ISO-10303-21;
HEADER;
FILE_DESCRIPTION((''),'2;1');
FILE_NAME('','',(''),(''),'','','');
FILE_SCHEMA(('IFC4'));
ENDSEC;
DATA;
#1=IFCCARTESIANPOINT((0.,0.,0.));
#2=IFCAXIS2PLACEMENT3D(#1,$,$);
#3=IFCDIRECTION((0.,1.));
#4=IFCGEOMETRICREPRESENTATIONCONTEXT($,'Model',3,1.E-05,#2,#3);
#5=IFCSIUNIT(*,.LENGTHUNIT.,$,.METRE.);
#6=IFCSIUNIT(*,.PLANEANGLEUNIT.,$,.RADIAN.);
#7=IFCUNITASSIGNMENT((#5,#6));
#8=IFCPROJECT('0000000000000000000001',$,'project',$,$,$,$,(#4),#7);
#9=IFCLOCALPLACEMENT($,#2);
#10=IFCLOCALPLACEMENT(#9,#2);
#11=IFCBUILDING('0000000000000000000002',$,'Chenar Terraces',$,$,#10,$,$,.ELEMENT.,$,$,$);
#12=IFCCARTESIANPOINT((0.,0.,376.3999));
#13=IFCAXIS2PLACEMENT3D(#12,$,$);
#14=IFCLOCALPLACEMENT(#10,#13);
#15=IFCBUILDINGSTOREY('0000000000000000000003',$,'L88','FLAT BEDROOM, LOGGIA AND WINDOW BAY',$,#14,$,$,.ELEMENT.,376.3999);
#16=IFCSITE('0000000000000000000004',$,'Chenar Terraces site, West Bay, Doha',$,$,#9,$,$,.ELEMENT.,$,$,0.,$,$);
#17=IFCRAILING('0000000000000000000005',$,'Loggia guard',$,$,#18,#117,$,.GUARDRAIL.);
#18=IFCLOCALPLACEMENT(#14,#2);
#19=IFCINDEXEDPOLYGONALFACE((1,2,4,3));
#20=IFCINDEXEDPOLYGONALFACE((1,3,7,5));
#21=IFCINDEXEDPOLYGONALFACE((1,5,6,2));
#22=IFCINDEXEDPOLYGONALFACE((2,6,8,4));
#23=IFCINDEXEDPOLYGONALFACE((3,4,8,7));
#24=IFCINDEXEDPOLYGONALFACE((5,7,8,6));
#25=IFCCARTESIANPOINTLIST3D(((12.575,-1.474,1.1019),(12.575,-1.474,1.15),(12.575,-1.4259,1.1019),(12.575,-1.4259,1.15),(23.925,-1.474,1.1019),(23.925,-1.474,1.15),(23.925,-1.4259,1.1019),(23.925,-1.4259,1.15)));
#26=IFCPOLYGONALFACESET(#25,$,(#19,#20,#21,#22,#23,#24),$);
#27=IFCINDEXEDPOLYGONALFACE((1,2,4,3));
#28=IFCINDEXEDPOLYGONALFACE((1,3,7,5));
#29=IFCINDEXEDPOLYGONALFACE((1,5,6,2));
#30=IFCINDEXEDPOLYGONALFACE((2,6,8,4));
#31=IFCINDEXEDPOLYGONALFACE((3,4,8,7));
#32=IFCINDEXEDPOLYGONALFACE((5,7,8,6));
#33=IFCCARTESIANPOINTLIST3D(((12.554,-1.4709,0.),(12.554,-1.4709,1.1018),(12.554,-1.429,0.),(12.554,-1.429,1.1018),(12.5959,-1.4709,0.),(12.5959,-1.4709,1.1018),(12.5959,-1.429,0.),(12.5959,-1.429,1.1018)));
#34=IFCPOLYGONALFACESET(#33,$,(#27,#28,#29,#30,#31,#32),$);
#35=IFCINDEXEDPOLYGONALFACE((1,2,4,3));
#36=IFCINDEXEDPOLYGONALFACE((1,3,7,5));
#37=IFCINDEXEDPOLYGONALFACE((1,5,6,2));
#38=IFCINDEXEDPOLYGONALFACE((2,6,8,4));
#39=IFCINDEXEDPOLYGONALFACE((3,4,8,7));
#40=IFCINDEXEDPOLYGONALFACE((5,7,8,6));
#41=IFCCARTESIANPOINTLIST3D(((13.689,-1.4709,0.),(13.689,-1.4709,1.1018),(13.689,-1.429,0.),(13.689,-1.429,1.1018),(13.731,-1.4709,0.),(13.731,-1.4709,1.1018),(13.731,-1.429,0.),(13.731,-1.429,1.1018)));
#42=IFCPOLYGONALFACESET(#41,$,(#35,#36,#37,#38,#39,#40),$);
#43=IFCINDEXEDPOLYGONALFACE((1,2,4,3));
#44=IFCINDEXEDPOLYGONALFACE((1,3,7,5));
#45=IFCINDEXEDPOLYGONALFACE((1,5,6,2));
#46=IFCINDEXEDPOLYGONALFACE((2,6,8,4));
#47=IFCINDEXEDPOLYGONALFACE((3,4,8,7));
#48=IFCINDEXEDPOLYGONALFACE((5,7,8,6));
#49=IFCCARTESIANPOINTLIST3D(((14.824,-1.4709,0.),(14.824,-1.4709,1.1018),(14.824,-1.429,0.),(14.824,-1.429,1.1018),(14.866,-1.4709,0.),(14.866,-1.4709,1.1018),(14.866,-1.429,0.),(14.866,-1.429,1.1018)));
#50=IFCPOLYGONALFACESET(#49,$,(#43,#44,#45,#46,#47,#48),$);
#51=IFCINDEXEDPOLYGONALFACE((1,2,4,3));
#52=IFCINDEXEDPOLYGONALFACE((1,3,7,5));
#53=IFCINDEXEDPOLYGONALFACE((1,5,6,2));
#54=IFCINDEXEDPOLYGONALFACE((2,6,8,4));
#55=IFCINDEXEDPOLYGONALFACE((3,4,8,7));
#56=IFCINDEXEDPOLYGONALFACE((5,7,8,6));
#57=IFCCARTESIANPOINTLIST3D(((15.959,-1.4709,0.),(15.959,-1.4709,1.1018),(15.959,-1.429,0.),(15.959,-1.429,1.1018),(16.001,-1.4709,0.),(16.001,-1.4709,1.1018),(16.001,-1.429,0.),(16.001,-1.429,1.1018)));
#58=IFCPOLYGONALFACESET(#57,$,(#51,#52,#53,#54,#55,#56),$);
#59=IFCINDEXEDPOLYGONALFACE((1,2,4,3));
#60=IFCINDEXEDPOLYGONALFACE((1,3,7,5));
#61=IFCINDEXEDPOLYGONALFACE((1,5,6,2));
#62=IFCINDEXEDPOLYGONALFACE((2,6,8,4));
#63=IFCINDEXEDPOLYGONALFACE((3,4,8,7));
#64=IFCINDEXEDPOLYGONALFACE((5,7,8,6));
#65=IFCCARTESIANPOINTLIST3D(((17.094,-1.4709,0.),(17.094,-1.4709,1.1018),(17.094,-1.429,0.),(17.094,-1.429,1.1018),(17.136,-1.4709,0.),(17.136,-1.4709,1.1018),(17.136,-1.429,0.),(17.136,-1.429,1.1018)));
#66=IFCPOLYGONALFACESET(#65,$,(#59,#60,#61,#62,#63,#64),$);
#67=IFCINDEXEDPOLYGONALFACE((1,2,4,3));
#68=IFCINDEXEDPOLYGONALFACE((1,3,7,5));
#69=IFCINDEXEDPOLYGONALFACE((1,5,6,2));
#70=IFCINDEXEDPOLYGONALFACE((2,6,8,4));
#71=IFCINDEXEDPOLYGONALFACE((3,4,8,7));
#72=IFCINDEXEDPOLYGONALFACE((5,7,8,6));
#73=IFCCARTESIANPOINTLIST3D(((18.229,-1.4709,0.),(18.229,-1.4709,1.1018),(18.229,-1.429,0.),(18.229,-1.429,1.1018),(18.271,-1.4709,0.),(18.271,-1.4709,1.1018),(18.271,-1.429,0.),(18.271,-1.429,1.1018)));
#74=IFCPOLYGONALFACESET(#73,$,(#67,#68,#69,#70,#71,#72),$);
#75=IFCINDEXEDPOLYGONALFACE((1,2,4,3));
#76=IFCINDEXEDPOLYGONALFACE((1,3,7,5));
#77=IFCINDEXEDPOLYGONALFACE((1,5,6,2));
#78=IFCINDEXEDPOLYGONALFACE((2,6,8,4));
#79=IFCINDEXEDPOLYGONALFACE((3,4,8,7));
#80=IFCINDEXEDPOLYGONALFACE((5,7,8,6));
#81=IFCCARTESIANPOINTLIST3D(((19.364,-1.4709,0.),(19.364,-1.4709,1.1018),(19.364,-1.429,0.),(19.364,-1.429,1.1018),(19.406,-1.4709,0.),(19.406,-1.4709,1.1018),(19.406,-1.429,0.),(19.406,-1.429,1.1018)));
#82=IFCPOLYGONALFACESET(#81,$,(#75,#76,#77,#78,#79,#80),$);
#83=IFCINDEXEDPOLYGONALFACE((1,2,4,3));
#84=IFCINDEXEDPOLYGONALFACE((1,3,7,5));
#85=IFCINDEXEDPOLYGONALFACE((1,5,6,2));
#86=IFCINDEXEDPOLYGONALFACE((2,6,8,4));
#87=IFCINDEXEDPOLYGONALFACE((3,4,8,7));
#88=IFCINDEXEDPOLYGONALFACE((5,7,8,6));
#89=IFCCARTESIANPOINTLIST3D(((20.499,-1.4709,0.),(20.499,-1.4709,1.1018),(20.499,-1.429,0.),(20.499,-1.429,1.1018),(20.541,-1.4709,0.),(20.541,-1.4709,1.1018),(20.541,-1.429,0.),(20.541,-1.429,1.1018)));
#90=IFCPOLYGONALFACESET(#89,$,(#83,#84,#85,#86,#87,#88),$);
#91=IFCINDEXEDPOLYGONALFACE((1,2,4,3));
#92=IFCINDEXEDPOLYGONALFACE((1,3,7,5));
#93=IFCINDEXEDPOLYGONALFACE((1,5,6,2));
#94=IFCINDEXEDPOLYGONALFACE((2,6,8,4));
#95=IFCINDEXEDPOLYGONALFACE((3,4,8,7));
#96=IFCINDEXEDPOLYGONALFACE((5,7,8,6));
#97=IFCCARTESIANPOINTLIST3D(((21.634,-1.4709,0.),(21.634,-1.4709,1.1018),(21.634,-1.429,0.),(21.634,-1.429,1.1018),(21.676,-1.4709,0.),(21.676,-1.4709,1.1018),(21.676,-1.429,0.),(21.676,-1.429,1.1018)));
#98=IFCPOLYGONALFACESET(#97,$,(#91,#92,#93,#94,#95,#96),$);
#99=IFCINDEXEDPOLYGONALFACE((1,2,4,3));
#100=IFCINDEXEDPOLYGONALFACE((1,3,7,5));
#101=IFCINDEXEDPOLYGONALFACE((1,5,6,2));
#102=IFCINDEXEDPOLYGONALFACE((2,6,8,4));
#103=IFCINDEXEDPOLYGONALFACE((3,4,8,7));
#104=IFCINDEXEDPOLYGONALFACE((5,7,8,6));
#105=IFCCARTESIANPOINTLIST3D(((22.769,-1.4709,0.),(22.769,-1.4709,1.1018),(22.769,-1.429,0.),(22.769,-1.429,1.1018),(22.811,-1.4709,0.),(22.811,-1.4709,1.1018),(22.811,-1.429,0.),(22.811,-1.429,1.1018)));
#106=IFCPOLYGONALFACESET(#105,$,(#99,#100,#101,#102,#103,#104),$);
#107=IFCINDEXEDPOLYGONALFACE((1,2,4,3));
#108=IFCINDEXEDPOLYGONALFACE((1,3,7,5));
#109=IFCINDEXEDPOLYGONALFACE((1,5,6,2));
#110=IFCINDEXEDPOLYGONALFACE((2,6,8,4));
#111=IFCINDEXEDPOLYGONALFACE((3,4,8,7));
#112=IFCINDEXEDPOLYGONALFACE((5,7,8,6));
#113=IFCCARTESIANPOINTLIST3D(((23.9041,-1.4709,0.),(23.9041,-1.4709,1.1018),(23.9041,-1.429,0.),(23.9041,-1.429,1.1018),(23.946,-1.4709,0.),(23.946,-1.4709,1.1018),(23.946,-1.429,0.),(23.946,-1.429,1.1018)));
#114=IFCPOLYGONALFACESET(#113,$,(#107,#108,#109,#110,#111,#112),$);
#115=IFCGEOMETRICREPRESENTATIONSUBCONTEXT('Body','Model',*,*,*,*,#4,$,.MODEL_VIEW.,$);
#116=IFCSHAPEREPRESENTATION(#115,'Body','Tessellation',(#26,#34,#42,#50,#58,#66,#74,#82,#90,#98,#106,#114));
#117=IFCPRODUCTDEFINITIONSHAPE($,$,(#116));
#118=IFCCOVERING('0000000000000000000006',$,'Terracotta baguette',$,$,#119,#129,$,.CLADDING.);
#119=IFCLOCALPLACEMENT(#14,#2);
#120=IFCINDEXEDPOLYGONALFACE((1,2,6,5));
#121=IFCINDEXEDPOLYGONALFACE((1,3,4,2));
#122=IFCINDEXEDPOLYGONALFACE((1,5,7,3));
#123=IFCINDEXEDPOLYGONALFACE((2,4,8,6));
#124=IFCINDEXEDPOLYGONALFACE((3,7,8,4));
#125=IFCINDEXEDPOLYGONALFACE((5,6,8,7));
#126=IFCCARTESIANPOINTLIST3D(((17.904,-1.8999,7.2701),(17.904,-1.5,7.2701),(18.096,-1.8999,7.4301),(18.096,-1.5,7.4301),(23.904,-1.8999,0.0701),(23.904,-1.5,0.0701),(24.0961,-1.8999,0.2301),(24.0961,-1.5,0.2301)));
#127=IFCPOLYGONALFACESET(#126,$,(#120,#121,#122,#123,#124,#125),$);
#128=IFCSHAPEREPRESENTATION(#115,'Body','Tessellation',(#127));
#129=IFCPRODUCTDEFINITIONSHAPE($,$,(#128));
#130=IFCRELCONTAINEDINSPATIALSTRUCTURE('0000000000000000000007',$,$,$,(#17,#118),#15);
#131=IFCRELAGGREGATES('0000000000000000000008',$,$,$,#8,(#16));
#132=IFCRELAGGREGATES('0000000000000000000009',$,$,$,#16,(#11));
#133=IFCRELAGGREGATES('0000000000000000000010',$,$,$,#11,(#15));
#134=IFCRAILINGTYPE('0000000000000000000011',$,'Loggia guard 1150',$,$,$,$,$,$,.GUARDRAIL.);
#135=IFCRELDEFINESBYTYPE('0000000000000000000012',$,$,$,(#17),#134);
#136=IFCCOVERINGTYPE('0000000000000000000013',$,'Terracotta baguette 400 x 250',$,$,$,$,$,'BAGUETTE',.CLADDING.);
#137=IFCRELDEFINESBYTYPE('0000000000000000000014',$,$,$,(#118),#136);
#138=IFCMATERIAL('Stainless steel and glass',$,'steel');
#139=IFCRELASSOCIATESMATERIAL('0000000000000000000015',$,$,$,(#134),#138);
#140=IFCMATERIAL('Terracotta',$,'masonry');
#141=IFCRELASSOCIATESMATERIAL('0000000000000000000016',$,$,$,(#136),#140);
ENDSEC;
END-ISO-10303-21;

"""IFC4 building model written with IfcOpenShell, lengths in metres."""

from ifc_helpers import new_model, si_unit, direction, frame, origin, origin_2d, place, context, subcontext, project, spatial, rectangle, extrude, material, material_profile, profile_set, type_object, element, save


model = new_model("IFC4")

# Units and contexts
model_context = context("Model", 3, precision=1e-05, world=origin(), true_north=direction((0.0, 1.0)))
body_context = subcontext(model_context, "Body", "Model", "MODEL_VIEW")
ifc_project = project(units=[si_unit("LENGTHUNIT", "METRE"), si_unit("PLANEANGLEUNIT", "RADIAN")], contexts=[model_context])

# Site, building, storey
site_placement = place(None, origin())
site = spatial("IfcSite", under=ifc_project, at=site_placement, Name="Chenar Terraces site, West Bay, Doha", CompositionType="ELEMENT", RefElevation=0.0)
building_placement = place(site_placement, origin())
building = spatial("IfcBuilding", under=site, at=building_placement, Name="Chenar Terraces", CompositionType="ELEMENT")
storey_placement = place(building_placement, frame((0.0, 0.0, 376.3999)))
storey = spatial("IfcBuildingStorey", under=building, at=storey_placement, Name="L88", Description="FLAT BEDROOM, LOGGIA AND WINDOW BAY", CompositionType="ELEMENT", Elevation=376.3999)

# Railing
ifc_material_1 = material(Name="Stainless steel and glass", Category="steel")
railing_type = type_object("IfcRailingType", Name="Loggia guard 1150", PredefinedType="GUARDRAIL", material=ifc_material_1)
railing_placement = place(storey_placement, frame((12.575, -1.45, 0.0)))
element("IfcRailing", 1, at=railing_placement, inside=storey, type_object=railing_type, Name="Loggia guard", PredefinedType="GUARDRAIL", context=body_context, shape_type="SweptSolid", body=[
    extrude(rectangle(XDim=0.0481, YDim=0.0481, at=origin_2d()), frame((0.0, 0.0, 1.126), z_axis=(1.0, 0.0, 0.0), x_axis=(0.0, 1.0, 0.0)), (0.0, 0.0, 1.0), 11.3501),
    extrude(rectangle(XDim=0.042, YDim=0.042, at=origin_2d()), origin(), (0.0, 0.0, 1.0), 1.1018),
    extrude(rectangle(XDim=0.042, YDim=0.042, at=origin_2d()), frame((1.135, 0.0, 0.0)), (0.0, 0.0, 1.0), 1.1018),
    extrude(rectangle(XDim=0.042, YDim=0.042, at=origin_2d()), frame((2.27, 0.0, 0.0)), (0.0, 0.0, 1.0), 1.1018),
    extrude(rectangle(XDim=0.042, YDim=0.042, at=origin_2d()), frame((3.405, 0.0, 0.0)), (0.0, 0.0, 1.0), 1.1018),
    extrude(rectangle(XDim=0.042, YDim=0.042, at=origin_2d()), frame((4.54, 0.0, 0.0)), (0.0, 0.0, 1.0), 1.1018),
    extrude(rectangle(XDim=0.042, YDim=0.042, at=origin_2d()), frame((5.675, 0.0, 0.0)), (0.0, 0.0, 1.0), 1.1018),
    extrude(rectangle(XDim=0.042, YDim=0.042, at=origin_2d()), frame((6.8101, 0.0, 0.0)), (0.0, 0.0, 1.0), 1.1018),
    extrude(rectangle(XDim=0.042, YDim=0.042, at=origin_2d()), frame((7.9451, 0.0, 0.0)), (0.0, 0.0, 1.0), 1.1018),
    extrude(rectangle(XDim=0.042, YDim=0.042, at=origin_2d()), frame((9.0801, 0.0, 0.0)), (0.0, 0.0, 1.0), 1.1018),
    extrude(rectangle(XDim=0.042, YDim=0.042, at=origin_2d()), frame((10.2151, 0.0, 0.0)), (0.0, 0.0, 1.0), 1.1018),
    extrude(rectangle(XDim=0.042, YDim=0.042, at=origin_2d()), frame((11.3501, 0.0, 0.0)), (0.0, 0.0, 1.0), 1.1018),
])

# Covering
ifc_material_2 = material(Name="Terracotta", Category="masonry")
ifc_material_profile_1 = material_profile(ifc_material_2, rectangle(XDim=0.3999, YDim=0.25, at=origin_2d()), Name="Terracotta baguette 400 x 250")
ifc_profile_set_1 = profile_set([ifc_material_profile_1], Name="Terracotta")
covering_type = type_object("IfcCoveringType", Name="Terracotta baguette 400 x 250", ElementType="BAGUETTE", PredefinedType="CLADDING", material=ifc_profile_set_1)
covering_placement = place(storey_placement, frame((18.0, -1.7, 7.3501), z_axis=(0.640187, 0.0, -0.768219), x_axis=(0.0, 1.0, 0.0)))
element("IfcCovering", 2, at=covering_placement, inside=storey, type_object=covering_type, Name="Terracotta baguette", PredefinedType="CLADDING", context=body_context, shape_type="SweptSolid", body=[
    extrude(rectangle(XDim=0.3999, YDim=0.25, at=origin_2d()), origin(), (0.0, 0.0, 1.0), 9.3723),
])

save(model, "model.ifc")
